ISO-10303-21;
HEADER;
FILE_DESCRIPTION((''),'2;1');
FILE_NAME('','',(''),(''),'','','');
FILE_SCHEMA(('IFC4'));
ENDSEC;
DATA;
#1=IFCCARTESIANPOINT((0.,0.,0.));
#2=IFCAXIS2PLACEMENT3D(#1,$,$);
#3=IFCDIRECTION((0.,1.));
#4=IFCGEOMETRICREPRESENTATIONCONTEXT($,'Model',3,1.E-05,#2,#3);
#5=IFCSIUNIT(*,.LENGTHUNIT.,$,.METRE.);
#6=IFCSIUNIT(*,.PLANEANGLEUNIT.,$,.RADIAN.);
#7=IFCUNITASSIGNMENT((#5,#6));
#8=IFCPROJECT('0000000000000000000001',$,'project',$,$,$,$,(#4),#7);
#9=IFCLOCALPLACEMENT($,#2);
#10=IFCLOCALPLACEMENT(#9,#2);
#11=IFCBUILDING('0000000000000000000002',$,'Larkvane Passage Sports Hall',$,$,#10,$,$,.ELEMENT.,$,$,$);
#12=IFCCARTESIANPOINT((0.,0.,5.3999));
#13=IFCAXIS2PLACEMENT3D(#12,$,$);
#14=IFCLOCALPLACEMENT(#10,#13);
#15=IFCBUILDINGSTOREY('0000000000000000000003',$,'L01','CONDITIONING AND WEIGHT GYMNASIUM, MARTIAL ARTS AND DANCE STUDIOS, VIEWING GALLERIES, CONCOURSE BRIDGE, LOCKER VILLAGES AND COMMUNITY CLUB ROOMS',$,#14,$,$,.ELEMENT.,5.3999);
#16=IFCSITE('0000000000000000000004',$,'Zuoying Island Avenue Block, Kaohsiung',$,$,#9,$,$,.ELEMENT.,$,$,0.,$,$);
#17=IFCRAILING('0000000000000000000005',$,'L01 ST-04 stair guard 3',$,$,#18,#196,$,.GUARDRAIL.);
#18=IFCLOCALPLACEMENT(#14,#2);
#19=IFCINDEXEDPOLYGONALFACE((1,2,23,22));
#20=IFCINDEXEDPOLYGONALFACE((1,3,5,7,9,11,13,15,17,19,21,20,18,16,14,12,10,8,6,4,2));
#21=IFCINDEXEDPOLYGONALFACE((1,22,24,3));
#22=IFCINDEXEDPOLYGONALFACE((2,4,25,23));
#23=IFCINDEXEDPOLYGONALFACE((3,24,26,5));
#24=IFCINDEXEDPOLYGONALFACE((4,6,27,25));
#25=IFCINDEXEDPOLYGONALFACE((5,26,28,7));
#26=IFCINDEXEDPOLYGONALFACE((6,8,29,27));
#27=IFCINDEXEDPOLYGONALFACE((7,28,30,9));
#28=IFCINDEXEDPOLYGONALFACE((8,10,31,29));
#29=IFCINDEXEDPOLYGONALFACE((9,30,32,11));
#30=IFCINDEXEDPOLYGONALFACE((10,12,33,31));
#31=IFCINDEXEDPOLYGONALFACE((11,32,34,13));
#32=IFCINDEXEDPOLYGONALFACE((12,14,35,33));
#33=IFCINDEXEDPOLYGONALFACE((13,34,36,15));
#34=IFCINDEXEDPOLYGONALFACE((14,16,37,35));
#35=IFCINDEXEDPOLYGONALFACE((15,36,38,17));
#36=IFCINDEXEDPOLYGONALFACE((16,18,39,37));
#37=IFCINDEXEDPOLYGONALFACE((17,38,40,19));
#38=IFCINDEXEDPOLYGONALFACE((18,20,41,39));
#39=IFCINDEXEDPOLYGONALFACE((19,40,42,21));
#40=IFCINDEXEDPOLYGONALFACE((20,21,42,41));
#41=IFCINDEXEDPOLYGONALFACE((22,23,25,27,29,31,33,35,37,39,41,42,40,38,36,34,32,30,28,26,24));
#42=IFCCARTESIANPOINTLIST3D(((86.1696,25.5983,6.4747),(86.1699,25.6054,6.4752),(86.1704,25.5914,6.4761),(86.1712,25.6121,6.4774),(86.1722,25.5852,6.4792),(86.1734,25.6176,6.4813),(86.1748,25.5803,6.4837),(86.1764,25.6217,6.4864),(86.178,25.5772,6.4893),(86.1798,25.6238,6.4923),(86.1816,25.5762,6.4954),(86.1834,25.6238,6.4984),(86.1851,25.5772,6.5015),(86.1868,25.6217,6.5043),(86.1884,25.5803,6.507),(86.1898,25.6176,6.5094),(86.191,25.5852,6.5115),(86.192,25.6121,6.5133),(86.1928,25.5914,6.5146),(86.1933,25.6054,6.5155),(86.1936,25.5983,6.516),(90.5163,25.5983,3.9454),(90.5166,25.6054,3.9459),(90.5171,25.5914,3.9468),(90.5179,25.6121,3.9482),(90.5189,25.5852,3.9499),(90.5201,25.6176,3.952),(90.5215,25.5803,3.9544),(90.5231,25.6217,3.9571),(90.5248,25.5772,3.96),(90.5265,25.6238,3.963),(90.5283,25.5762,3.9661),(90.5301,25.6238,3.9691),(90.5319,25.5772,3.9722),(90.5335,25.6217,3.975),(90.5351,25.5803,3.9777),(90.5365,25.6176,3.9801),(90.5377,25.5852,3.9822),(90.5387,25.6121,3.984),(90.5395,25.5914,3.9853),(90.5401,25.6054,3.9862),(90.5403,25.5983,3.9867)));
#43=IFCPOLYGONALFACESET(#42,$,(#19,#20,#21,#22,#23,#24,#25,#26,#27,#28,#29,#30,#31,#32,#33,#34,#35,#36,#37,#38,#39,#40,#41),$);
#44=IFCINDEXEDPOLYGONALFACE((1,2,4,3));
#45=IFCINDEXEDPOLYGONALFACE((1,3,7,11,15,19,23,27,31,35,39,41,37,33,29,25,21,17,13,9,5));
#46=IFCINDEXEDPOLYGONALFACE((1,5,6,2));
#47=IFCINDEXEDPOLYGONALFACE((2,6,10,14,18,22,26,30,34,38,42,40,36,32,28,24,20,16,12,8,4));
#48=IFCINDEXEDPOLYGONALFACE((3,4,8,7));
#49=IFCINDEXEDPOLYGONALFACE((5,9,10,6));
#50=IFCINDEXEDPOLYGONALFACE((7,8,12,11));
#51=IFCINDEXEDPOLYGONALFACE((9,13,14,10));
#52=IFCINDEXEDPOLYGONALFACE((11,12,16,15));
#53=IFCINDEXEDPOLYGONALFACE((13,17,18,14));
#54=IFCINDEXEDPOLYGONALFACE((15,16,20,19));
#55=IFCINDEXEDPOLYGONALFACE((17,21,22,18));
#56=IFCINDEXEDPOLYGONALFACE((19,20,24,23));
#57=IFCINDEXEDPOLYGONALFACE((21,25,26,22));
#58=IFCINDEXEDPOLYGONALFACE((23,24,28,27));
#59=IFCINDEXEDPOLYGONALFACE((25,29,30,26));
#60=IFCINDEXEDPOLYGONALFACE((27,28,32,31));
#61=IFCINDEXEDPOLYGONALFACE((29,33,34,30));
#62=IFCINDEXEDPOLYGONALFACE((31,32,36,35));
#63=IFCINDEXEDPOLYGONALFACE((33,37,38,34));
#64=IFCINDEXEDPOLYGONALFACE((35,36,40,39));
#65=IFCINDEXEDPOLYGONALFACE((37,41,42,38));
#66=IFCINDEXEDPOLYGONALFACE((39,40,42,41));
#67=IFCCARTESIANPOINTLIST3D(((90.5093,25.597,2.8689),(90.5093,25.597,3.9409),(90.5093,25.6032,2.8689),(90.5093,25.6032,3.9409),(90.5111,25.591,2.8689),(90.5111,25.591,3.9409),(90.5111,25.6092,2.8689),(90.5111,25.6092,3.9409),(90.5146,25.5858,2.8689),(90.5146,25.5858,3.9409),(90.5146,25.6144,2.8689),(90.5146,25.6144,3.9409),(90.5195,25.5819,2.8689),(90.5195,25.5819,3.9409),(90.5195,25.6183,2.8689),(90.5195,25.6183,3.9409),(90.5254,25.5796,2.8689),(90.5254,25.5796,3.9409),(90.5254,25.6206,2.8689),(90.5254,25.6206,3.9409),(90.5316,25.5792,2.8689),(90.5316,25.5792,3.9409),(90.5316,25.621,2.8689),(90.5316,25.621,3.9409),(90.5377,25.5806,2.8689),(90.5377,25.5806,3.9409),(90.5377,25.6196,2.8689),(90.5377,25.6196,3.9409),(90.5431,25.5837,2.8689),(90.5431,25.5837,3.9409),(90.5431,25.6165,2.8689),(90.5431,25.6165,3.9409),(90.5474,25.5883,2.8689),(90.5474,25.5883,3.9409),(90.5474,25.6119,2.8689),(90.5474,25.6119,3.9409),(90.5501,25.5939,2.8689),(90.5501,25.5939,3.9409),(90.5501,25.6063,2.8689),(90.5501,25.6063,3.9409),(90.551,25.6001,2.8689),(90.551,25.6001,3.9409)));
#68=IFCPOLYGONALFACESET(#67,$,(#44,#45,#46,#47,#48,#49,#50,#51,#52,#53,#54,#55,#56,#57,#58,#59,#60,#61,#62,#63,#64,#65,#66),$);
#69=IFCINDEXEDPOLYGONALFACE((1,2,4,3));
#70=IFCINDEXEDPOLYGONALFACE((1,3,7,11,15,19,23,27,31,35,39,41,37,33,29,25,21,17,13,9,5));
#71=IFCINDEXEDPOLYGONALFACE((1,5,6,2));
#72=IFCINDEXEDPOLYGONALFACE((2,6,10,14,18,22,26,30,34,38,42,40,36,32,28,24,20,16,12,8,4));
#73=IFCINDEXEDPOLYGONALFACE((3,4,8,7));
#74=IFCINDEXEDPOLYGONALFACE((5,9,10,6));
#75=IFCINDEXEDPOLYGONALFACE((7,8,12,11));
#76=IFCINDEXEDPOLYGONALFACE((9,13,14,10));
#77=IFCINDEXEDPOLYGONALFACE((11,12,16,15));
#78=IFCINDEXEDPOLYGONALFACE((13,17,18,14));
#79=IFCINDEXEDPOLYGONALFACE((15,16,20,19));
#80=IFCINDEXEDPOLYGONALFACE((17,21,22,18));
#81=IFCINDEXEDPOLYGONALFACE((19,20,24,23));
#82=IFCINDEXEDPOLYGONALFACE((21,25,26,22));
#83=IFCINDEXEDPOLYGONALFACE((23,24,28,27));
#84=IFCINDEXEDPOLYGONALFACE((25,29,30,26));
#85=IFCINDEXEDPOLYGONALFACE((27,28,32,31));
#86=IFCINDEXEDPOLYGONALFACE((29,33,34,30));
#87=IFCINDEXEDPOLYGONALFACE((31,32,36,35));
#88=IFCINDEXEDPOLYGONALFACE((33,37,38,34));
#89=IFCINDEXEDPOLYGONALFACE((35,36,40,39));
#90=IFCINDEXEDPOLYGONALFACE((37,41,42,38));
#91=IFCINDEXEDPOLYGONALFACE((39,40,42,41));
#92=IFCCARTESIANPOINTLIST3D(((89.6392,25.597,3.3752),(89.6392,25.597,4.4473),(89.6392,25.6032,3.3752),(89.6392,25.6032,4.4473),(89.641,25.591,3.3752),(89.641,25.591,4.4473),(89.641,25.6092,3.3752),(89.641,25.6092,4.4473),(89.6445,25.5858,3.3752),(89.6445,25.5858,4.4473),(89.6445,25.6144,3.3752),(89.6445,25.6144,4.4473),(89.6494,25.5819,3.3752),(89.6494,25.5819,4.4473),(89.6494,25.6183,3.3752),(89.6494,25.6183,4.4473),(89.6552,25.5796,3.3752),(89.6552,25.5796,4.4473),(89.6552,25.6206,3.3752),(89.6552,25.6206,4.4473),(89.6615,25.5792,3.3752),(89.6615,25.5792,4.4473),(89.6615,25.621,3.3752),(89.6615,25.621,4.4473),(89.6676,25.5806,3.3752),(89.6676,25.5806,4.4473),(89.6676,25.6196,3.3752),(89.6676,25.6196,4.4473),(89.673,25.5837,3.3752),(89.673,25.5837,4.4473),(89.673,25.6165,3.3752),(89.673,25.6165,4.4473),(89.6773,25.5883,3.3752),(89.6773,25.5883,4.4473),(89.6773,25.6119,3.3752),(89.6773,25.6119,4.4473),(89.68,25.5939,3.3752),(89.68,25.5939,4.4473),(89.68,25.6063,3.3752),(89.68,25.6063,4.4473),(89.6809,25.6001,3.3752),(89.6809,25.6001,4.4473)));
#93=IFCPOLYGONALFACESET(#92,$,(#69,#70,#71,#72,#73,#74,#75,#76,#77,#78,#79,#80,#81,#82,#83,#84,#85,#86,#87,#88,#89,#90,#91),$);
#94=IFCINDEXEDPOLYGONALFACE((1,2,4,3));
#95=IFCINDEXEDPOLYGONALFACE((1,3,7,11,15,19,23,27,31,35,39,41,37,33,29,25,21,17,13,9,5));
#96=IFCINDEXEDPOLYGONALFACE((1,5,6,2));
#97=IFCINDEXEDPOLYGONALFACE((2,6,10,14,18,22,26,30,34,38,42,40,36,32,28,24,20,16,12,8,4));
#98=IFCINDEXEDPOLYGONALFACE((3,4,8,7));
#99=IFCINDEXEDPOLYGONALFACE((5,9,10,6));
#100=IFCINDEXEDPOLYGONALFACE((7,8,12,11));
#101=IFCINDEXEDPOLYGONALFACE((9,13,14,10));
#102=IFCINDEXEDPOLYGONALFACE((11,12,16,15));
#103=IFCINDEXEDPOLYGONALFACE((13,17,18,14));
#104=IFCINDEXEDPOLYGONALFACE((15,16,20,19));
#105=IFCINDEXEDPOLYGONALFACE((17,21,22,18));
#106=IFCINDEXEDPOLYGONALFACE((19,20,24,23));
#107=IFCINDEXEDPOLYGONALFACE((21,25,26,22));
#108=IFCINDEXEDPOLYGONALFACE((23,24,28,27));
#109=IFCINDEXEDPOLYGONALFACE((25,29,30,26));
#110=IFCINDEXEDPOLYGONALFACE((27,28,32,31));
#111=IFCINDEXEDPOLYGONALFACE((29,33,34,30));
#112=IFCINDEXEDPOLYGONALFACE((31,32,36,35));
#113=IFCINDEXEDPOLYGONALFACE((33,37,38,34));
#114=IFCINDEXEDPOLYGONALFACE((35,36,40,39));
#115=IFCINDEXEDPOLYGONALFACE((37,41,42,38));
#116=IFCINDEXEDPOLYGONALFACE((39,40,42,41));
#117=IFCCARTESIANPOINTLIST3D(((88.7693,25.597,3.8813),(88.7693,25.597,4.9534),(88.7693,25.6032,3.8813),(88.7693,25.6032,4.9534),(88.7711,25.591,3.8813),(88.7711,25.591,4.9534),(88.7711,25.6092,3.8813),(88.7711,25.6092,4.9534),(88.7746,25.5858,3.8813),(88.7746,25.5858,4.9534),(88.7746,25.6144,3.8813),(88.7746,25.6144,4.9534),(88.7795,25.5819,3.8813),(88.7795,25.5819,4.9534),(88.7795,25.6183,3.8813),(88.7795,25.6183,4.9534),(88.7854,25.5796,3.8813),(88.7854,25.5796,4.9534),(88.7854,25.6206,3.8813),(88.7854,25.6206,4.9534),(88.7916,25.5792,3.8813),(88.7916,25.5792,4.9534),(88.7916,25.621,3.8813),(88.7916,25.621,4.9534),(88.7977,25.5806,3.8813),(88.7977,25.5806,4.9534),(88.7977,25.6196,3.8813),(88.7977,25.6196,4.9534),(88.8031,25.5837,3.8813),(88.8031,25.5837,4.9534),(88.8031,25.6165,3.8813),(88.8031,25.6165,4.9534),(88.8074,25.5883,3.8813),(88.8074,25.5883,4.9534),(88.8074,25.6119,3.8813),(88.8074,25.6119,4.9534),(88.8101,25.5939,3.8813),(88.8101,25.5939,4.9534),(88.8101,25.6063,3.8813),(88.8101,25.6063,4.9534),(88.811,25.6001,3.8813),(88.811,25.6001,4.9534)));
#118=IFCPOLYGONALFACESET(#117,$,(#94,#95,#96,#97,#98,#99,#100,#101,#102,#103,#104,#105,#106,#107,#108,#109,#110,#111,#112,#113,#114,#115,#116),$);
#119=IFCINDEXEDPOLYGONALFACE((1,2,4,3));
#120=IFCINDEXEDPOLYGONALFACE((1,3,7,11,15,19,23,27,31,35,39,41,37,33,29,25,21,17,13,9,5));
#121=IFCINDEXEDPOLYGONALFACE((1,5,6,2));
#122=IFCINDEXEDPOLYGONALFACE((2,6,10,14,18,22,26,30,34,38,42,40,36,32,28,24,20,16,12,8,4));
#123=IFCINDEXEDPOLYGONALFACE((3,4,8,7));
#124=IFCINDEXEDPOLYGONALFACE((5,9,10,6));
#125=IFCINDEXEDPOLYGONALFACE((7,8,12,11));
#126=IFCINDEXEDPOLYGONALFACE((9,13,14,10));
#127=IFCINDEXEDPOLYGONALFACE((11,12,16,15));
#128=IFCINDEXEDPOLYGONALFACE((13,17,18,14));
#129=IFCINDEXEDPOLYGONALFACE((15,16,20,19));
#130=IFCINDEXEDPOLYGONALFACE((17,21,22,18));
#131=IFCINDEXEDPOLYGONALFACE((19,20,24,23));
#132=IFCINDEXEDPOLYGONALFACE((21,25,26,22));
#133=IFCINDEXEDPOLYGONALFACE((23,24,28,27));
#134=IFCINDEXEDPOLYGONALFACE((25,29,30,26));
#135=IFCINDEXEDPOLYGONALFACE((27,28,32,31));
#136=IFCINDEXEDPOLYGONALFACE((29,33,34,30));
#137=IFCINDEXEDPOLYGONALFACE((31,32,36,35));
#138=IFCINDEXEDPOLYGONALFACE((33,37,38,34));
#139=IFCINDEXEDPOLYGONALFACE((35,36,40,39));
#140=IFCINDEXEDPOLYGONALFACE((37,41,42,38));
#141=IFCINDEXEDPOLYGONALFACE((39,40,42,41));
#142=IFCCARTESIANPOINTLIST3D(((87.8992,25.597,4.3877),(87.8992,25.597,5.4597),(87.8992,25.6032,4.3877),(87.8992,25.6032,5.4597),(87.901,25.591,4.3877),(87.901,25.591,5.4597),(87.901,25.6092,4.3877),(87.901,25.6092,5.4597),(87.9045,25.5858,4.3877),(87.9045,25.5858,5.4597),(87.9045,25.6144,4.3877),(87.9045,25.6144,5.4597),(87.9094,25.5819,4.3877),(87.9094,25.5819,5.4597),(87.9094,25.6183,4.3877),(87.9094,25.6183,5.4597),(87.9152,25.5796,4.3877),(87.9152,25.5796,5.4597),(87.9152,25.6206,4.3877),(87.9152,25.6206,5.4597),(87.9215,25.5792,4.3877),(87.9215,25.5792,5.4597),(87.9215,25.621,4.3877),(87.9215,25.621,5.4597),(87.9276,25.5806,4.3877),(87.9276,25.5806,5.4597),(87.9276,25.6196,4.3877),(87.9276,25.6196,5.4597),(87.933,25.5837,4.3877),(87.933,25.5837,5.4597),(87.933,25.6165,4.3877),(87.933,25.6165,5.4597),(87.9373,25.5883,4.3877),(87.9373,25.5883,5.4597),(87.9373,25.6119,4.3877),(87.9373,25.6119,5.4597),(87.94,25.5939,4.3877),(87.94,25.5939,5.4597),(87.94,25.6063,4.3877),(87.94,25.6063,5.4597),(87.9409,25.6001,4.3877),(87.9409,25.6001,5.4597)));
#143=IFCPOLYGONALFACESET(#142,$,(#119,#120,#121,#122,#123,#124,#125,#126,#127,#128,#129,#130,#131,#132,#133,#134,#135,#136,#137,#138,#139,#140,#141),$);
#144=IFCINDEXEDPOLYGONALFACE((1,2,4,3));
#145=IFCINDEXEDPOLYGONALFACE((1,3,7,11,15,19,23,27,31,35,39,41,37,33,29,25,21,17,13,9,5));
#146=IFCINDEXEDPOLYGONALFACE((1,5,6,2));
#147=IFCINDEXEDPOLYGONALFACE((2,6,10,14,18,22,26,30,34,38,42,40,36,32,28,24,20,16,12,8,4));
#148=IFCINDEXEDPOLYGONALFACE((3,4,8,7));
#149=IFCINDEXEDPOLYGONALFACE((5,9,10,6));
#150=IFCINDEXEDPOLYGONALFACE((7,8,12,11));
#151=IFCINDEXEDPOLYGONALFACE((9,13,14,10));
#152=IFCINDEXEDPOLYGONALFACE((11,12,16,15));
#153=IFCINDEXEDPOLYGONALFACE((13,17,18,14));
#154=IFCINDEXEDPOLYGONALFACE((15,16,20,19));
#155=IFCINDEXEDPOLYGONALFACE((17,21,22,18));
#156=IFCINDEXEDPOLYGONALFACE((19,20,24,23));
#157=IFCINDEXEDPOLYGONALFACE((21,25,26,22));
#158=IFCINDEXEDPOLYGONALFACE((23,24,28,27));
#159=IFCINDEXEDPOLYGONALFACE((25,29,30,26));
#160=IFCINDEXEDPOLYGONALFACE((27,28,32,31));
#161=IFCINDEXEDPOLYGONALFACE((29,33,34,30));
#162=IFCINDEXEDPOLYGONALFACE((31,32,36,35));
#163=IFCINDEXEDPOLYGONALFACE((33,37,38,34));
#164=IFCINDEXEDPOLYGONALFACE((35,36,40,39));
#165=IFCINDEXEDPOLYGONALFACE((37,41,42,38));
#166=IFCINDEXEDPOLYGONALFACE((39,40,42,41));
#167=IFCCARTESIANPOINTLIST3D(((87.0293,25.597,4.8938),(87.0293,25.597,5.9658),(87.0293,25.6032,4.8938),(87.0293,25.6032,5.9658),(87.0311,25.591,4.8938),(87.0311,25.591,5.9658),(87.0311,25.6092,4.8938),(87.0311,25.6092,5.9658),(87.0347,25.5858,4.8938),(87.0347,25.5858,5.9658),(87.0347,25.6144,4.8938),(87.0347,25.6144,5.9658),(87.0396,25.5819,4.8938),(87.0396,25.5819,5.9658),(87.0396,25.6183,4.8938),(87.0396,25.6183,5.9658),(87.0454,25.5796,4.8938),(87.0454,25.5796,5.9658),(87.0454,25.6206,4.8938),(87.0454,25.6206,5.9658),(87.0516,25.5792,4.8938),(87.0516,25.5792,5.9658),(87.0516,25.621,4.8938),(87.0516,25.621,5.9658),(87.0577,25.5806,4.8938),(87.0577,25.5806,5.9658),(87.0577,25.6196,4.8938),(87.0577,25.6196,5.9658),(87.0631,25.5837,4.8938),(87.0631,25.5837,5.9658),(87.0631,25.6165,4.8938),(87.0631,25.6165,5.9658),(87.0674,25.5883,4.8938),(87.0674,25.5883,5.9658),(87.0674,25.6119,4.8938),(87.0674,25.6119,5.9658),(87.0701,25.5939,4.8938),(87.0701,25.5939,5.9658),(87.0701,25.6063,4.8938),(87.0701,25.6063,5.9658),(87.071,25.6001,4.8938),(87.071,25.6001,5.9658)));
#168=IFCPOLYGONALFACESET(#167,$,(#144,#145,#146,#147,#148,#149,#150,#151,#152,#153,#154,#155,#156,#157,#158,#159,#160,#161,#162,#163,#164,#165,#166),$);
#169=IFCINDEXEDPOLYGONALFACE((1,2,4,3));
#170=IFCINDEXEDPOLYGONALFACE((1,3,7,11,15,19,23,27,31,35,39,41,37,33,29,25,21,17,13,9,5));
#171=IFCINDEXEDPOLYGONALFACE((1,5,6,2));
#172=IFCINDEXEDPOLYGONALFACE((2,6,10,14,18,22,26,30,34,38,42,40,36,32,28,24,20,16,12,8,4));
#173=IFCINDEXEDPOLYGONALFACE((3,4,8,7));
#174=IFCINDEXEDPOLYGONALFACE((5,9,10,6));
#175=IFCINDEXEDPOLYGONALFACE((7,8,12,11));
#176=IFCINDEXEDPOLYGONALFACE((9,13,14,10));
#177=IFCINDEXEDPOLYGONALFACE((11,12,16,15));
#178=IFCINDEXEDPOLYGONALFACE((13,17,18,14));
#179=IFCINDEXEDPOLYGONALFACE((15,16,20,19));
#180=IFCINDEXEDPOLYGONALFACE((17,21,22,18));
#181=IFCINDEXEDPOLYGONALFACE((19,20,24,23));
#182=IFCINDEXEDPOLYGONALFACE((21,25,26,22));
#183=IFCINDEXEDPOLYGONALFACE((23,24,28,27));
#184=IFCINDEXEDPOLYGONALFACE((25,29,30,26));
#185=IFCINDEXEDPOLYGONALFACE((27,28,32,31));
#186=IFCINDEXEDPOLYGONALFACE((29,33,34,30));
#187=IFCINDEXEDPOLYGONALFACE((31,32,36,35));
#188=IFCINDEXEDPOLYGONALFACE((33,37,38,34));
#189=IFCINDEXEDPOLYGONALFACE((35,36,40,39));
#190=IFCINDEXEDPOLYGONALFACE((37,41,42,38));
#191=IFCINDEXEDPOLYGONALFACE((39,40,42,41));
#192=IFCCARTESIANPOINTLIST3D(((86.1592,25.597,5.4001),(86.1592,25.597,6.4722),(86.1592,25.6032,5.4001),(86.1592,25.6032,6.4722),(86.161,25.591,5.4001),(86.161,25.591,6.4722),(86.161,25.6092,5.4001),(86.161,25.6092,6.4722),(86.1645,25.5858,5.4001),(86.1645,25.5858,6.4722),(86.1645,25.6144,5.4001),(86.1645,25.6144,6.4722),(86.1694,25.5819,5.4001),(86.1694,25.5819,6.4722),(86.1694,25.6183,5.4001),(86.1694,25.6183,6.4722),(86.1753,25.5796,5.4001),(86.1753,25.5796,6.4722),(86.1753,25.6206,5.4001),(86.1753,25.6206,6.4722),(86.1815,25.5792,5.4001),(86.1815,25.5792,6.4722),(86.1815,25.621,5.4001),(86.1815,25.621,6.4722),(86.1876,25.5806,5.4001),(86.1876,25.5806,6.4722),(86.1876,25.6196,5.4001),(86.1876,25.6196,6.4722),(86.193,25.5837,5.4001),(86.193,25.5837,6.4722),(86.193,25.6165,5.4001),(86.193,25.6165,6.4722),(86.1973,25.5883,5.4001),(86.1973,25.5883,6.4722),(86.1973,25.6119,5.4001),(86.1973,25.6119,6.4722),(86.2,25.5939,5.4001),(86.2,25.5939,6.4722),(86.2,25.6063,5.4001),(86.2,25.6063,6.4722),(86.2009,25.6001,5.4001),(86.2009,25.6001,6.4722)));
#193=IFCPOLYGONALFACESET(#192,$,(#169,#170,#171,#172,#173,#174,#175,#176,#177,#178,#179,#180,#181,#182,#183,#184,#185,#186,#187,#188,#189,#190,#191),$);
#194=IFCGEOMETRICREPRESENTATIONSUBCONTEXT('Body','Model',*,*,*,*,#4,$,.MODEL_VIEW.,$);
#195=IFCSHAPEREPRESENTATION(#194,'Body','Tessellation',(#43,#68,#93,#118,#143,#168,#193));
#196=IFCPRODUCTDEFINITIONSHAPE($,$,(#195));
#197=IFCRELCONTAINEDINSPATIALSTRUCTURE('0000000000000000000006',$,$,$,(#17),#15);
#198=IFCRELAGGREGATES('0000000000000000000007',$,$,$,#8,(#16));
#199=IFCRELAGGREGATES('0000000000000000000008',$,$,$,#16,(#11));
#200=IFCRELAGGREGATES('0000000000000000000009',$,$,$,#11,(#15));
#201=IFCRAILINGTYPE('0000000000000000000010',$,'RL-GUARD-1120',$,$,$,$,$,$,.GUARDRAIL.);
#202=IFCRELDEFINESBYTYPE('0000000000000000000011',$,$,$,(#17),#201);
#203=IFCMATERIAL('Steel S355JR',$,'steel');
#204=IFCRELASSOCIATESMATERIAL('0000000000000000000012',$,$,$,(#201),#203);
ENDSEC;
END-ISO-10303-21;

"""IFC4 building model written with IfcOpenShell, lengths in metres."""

from ifc_helpers import new_model, si_unit, direction, frame, origin, origin_2d, place, context, subcontext, project, spatial, circle, extrude, material, type_object, element, save


model = new_model("IFC4")

# Units and contexts
model_context = context("Model", 3, precision=1e-05, world=origin(), true_north=direction((0.0, 1.0)))
body_context = subcontext(model_context, "Body", "Model", "MODEL_VIEW")
ifc_project = project(units=[si_unit("LENGTHUNIT", "METRE"), si_unit("PLANEANGLEUNIT", "RADIAN")], contexts=[model_context])

# Site, building, storey
site_placement = place(None, origin())
site = spatial("IfcSite", under=ifc_project, at=site_placement, Name="Zuoying Island Avenue Block, Kaohsiung", CompositionType="ELEMENT", RefElevation=0.0)
building_placement = place(site_placement, origin())
building = spatial("IfcBuilding", under=site, at=building_placement, Name="Larkvane Passage Sports Hall", CompositionType="ELEMENT")
storey_placement = place(building_placement, frame((0.0, 0.0, 5.3999)))
storey = spatial("IfcBuildingStorey", under=building, at=storey_placement, Name="L01", Description="CONDITIONING AND WEIGHT GYMNASIUM, MARTIAL ARTS AND DANCE STUDIOS, VIEWING GALLERIES, CONCOURSE BRIDGE, LOCKER VILLAGES AND COMMUNITY CLUB ROOMS", CompositionType="ELEMENT", Elevation=5.3999)

# Shared definitions
ifc_material_1 = material(Name="Steel S355JR", Category="steel")

# Railing
railing_type_1 = type_object("IfcRailingType", Name="RL-GUARD-1120", PredefinedType="GUARDRAIL", material=ifc_material_1)
railing_1_placement = place(storey_placement, frame((90.53, 25.6001, 2.8689)))
element("IfcRailing", 1, at=railing_1_placement, inside=storey, type_object=railing_type_1, Name="L01 ST-04 stair guard 3", PredefinedType="GUARDRAIL", context=body_context, shape_type="SweptSolid", body=[
    extrude(circle(Radius=0.0239, at=origin_2d()), frame((-0.0017, 0.0, 1.0972), z_axis=(-0.864324, 0.0, 0.502936), x_axis=(0.0, -1.0, 0.0)), (0.0, 0.0, 1.0), 5.0291),
    extrude(circle(Radius=0.021, at=origin_2d()), origin(), (0.0, 0.0, 1.0), 1.072),
    extrude(circle(Radius=0.021, at=origin_2d()), frame((-0.8701, 0.0, 0.5063)), (0.0, 0.0, 1.0), 1.072),
    extrude(circle(Radius=0.021, at=origin_2d()), frame((-1.74, 0.0, 1.0125)), (0.0, 0.0, 1.0), 1.072),
    extrude(circle(Radius=0.021, at=origin_2d()), frame((-2.6101, 0.0, 1.5188)), (0.0, 0.0, 1.0), 1.072),
    extrude(circle(Radius=0.021, at=origin_2d()), frame((-3.48, 0.0, 2.0249)), (0.0, 0.0, 1.0), 1.072),
    extrude(circle(Radius=0.021, at=origin_2d()), frame((-4.3501, 0.0, 2.5312)), (0.0, 0.0, 1.0), 1.072),
])

save(model, "model.ifc")
